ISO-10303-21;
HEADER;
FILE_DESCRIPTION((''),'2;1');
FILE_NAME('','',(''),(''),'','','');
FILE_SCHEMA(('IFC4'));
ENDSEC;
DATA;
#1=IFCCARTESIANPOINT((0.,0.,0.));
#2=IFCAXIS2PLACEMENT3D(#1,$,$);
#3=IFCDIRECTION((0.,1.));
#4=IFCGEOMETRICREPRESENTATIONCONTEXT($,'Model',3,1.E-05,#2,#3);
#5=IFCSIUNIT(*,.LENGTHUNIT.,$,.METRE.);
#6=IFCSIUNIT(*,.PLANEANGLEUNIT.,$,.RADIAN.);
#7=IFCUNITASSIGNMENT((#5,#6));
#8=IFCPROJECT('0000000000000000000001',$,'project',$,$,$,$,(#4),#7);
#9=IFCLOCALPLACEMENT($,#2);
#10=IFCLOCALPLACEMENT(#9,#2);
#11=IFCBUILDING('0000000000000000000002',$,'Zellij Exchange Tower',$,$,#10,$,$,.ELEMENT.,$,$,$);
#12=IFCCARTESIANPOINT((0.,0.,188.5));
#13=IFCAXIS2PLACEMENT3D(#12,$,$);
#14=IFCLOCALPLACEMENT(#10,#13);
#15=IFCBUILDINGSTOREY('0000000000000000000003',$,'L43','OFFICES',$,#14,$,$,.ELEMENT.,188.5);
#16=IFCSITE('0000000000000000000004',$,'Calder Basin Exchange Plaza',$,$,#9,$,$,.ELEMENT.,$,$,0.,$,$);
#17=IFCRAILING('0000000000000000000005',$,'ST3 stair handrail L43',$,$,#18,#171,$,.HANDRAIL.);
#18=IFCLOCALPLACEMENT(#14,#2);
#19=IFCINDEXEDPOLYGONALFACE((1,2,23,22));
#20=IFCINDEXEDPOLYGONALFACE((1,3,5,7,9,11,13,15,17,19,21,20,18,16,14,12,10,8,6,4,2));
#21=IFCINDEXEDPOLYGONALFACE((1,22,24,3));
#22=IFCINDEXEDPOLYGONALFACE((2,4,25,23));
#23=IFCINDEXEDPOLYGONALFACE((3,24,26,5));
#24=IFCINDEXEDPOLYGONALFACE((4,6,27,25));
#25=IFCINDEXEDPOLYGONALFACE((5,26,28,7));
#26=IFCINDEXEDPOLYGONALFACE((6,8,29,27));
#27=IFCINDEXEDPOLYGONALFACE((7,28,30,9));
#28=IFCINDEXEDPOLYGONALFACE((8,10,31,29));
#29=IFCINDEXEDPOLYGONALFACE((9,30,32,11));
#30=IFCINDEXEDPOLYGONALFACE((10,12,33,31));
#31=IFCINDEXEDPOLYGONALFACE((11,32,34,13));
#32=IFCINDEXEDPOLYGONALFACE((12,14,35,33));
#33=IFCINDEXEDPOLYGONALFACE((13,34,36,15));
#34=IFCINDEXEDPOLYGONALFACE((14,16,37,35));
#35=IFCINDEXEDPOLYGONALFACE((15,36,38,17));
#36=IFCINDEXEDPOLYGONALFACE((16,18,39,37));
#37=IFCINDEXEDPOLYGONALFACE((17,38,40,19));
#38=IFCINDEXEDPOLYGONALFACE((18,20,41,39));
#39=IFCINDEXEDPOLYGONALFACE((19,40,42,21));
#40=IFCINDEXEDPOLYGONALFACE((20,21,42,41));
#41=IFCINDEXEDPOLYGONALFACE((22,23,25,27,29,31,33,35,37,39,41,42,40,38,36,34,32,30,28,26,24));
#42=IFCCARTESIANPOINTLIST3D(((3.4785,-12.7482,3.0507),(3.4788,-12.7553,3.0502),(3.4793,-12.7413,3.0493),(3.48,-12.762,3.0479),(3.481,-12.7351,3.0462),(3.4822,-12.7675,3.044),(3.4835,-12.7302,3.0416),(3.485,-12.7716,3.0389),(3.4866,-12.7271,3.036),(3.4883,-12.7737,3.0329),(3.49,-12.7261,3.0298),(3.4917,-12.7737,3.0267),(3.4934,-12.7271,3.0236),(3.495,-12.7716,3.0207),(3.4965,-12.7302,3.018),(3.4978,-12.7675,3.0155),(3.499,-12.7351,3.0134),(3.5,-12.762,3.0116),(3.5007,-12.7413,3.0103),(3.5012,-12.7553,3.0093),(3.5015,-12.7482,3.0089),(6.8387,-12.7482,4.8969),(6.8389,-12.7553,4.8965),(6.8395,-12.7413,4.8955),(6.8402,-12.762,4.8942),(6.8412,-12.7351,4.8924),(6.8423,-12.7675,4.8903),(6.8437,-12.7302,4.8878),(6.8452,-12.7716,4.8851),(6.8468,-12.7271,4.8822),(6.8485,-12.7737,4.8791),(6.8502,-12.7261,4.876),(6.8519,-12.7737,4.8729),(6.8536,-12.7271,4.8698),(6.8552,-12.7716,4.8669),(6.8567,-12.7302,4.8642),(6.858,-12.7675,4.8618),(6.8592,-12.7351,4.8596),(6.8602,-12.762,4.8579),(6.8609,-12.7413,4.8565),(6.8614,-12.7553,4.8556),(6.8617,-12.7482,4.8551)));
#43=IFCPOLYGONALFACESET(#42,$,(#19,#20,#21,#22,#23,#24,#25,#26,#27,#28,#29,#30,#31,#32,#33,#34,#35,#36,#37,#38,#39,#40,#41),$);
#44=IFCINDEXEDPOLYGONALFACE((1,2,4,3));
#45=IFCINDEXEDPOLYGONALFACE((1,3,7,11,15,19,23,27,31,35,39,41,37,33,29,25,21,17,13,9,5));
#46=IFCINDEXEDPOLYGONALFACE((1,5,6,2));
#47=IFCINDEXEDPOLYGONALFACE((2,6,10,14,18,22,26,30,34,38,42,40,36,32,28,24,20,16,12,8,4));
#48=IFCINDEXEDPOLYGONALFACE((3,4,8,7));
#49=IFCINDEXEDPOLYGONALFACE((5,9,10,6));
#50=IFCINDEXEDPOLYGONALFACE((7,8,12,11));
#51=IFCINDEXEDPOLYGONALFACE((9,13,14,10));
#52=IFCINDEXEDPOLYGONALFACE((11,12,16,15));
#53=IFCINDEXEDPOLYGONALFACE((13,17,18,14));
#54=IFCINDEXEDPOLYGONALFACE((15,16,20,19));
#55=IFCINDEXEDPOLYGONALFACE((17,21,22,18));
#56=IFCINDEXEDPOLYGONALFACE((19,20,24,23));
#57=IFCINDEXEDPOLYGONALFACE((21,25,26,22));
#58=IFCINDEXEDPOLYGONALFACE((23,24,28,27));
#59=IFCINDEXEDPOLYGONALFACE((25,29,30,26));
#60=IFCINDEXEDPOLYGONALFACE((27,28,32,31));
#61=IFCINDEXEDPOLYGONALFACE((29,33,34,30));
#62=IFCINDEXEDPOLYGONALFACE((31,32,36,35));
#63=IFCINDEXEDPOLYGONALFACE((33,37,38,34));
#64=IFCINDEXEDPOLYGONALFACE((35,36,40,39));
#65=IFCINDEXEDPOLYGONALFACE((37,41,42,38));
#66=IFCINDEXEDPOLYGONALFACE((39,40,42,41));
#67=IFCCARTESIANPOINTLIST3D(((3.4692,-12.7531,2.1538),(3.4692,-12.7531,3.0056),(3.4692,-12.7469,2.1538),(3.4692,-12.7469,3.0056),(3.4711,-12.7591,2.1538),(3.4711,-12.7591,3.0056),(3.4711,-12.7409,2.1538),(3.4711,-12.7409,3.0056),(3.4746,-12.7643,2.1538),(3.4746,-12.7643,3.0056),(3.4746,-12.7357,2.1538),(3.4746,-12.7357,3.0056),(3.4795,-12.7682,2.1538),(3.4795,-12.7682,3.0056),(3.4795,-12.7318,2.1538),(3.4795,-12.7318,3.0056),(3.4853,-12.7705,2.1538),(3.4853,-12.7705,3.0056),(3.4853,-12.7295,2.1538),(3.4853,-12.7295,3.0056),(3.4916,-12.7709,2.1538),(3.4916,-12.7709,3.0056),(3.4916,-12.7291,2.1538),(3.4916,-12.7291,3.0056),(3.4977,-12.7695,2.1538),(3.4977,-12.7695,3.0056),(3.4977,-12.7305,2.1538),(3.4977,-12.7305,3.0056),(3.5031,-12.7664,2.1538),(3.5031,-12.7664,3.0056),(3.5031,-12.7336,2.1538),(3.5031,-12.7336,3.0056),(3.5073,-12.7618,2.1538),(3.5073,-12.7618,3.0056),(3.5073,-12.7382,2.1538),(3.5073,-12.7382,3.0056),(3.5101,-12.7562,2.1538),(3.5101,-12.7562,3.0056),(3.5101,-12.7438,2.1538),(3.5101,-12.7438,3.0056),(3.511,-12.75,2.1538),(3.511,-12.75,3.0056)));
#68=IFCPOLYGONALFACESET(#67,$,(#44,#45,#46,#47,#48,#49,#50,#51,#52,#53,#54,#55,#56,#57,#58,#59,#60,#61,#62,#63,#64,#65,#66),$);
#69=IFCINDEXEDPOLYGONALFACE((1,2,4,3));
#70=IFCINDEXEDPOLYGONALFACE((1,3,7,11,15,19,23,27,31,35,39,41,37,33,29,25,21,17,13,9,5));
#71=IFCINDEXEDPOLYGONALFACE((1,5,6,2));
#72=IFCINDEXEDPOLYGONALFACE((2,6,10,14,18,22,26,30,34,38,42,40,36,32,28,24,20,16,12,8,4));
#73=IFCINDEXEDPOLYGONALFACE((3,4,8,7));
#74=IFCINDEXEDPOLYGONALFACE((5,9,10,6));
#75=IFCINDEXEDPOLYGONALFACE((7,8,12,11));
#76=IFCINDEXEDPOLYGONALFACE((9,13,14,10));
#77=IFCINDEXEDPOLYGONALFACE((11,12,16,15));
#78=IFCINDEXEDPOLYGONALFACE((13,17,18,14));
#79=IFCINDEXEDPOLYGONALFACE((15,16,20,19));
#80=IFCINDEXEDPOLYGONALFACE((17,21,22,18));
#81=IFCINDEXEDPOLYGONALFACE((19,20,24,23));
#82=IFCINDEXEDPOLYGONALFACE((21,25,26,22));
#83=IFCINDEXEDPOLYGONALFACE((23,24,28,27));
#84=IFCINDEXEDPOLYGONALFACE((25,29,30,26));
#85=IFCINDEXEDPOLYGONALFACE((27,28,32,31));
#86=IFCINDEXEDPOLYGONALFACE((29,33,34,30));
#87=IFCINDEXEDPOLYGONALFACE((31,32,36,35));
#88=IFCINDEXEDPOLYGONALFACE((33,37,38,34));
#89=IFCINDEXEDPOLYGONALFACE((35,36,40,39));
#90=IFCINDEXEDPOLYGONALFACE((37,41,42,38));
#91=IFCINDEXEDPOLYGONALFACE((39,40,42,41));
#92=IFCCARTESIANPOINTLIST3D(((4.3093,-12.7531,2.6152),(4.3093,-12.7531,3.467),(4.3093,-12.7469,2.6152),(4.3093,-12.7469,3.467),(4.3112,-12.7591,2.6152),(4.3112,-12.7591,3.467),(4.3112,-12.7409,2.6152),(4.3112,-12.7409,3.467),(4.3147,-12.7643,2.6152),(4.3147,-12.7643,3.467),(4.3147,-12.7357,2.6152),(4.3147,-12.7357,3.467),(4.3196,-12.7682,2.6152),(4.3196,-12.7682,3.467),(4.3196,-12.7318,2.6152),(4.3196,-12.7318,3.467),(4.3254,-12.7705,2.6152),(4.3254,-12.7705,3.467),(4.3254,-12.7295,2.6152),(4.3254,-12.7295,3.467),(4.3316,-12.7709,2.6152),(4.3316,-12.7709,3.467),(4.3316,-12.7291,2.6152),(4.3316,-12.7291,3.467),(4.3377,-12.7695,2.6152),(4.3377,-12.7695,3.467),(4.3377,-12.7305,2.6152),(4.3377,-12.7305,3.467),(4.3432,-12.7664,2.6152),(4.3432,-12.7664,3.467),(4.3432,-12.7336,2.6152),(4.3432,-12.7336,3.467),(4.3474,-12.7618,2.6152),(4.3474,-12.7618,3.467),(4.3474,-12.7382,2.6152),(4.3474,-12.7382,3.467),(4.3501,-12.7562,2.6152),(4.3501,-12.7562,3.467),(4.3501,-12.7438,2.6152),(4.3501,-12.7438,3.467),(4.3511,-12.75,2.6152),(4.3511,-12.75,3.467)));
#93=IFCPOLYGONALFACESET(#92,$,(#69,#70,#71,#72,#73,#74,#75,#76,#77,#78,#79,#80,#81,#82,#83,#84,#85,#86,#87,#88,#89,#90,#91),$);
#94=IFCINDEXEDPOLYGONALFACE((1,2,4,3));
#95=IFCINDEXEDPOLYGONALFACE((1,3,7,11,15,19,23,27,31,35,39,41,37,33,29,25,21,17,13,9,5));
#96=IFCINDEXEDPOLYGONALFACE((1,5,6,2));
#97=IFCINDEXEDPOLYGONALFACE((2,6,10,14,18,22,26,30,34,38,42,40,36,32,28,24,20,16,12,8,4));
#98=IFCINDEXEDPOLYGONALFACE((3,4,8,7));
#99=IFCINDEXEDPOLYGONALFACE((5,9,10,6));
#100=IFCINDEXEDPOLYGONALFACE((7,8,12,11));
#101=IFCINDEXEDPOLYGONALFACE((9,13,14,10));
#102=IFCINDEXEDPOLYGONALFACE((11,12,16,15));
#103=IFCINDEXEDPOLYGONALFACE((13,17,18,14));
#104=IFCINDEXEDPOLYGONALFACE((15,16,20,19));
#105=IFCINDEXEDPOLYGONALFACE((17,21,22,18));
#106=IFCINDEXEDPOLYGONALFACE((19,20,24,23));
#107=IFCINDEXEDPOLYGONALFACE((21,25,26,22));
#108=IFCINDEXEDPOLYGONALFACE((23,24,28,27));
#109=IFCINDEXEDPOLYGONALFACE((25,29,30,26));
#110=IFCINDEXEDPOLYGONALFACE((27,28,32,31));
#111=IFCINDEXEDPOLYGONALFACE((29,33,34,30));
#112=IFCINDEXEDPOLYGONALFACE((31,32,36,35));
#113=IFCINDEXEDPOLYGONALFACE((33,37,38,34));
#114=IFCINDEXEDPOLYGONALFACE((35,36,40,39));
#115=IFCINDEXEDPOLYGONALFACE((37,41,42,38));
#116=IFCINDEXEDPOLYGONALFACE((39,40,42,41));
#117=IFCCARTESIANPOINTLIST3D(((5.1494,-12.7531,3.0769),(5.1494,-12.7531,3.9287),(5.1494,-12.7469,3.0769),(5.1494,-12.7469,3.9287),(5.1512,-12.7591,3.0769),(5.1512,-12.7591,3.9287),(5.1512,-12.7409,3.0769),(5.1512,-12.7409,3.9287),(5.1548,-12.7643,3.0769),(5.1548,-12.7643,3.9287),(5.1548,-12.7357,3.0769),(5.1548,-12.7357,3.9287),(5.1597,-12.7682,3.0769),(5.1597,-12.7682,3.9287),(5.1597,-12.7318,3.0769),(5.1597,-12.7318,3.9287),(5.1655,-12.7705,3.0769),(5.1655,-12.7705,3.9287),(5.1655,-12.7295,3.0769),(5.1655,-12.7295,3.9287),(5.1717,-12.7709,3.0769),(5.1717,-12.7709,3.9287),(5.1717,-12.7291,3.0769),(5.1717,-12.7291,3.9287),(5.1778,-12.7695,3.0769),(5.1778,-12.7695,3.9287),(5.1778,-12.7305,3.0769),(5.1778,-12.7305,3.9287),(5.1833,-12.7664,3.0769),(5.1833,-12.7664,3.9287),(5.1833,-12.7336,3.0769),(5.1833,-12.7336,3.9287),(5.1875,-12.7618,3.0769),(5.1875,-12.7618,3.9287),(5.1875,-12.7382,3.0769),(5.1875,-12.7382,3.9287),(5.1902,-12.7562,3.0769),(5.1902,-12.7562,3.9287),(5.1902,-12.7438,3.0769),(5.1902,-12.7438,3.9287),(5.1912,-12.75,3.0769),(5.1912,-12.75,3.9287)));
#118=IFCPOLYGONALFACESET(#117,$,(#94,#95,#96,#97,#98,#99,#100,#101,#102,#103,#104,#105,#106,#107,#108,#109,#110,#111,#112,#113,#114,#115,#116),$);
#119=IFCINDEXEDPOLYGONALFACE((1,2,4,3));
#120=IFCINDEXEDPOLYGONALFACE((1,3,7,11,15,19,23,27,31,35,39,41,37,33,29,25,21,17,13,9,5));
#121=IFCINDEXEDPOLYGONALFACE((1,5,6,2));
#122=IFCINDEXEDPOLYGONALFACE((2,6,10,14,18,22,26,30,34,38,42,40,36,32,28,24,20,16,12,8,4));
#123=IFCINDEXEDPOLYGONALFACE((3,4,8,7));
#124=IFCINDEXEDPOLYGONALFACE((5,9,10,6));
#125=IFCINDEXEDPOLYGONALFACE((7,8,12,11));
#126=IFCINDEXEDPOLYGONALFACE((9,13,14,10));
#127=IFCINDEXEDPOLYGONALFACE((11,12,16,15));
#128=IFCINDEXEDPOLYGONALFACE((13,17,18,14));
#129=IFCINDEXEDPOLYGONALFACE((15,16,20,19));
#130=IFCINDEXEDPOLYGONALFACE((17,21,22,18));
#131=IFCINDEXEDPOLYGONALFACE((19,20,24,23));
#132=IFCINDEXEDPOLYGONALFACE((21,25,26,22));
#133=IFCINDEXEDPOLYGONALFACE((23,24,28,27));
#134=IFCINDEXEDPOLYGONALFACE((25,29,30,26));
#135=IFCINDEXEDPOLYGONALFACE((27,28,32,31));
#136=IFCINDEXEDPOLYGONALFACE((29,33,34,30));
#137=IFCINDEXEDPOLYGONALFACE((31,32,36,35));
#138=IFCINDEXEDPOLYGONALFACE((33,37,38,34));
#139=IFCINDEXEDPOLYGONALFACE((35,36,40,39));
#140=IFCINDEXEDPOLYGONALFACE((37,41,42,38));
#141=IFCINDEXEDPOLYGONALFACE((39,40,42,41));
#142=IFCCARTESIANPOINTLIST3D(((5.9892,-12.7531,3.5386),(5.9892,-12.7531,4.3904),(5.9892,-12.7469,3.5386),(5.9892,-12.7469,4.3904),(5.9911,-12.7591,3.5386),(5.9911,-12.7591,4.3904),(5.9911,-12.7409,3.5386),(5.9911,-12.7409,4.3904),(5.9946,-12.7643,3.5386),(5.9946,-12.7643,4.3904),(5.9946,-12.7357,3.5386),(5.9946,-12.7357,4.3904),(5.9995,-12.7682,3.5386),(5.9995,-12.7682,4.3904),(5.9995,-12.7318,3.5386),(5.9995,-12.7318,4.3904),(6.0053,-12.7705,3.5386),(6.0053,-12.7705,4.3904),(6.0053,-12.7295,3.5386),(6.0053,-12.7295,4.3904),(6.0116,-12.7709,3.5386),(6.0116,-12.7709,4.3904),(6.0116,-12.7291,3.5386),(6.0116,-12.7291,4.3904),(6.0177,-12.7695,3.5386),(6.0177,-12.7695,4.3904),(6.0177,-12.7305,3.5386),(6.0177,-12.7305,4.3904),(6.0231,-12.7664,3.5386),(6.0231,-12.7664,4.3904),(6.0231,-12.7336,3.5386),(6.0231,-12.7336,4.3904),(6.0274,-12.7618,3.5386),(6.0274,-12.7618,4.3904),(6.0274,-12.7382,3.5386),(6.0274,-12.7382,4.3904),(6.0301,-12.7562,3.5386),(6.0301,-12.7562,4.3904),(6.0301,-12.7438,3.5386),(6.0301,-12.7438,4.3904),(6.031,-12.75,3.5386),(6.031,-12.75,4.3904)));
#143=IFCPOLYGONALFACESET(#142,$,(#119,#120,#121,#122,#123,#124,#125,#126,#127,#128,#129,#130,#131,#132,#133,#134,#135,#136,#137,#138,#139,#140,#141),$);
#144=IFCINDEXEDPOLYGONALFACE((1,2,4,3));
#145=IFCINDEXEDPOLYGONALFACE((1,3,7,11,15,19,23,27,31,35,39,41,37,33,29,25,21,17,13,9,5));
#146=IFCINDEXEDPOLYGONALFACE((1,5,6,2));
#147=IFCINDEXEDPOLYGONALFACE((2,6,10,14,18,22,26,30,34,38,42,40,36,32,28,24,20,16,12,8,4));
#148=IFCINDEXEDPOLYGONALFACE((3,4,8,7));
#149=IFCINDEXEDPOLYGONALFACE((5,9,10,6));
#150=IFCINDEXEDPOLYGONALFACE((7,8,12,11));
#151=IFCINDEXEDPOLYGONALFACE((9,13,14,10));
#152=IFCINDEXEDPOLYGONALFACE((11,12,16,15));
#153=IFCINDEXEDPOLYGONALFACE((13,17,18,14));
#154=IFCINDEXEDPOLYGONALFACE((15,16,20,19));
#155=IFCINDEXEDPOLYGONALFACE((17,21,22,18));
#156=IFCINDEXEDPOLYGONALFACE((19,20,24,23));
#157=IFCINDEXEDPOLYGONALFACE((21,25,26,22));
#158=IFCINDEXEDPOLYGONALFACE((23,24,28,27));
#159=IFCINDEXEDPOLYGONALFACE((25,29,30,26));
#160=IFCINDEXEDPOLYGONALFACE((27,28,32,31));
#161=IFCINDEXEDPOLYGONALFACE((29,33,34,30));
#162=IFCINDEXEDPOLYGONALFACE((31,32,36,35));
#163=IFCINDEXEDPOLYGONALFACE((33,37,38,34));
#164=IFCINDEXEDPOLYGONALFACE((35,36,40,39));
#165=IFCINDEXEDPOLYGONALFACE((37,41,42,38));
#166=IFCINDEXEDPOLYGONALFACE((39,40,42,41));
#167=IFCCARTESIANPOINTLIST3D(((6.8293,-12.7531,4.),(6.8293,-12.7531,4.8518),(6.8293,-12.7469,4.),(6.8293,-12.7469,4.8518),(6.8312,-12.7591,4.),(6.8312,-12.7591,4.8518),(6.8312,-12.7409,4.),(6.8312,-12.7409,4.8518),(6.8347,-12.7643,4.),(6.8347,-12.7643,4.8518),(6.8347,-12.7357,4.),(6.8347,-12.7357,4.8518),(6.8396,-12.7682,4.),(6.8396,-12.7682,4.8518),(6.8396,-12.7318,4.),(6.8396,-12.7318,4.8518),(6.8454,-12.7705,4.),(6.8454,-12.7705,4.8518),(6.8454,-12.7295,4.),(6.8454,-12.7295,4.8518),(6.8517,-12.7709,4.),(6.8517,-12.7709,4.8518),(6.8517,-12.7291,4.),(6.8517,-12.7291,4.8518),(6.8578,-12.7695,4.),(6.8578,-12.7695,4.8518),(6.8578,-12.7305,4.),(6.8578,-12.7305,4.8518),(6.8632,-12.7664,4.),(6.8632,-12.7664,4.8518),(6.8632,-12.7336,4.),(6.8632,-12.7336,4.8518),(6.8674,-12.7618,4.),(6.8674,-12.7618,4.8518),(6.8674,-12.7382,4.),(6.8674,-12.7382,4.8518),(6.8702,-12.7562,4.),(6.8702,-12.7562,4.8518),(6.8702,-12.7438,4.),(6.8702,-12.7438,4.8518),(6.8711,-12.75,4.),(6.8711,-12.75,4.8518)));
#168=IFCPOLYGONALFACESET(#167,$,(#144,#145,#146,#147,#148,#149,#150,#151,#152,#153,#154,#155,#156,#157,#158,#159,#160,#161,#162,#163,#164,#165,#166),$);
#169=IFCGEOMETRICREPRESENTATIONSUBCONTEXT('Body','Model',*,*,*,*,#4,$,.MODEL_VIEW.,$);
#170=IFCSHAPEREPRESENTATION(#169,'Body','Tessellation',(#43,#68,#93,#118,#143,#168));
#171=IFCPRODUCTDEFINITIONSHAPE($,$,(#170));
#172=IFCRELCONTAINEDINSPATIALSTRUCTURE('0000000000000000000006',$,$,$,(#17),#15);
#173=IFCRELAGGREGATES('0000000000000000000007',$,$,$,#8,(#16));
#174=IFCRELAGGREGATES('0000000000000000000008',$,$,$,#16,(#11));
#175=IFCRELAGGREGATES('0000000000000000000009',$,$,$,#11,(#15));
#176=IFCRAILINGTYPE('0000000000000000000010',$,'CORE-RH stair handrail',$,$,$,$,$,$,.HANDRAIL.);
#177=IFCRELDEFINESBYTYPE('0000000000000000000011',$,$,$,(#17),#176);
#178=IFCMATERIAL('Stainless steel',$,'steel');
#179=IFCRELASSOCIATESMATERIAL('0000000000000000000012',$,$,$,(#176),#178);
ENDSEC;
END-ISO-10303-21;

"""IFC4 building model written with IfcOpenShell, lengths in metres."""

from ifc_helpers import new_model, si_unit, direction, frame, origin, origin_2d, place, context, subcontext, project, spatial, circle, extrude, material, type_object, element, save


model = new_model("IFC4")

# Units and contexts
model_context = context("Model", 3, precision=1e-05, world=origin(), true_north=direction((0.0, 1.0)))
body_context = subcontext(model_context, "Body", "Model", "MODEL_VIEW")
ifc_project = project(units=[si_unit("LENGTHUNIT", "METRE"), si_unit("PLANEANGLEUNIT", "RADIAN")], contexts=[model_context])

# Site, building, storey
site_placement = place(None, origin())
site = spatial("IfcSite", under=ifc_project, at=site_placement, Name="Calder Basin Exchange Plaza", CompositionType="ELEMENT", RefElevation=0.0)
building_placement = place(site_placement, origin())
building = spatial("IfcBuilding", under=site, at=building_placement, Name="Zellij Exchange Tower", CompositionType="ELEMENT")
storey_placement = place(building_placement, frame((0.0, 0.0, 188.5)))
storey = spatial("IfcBuildingStorey", under=building, at=storey_placement, Name="L43", Description="OFFICES", CompositionType="ELEMENT", Elevation=188.5)

# Railing
ifc_material_1 = material(Name="Stainless steel", Category="steel")
railing_type_1 = type_object("IfcRailingType", Name="CORE-RH stair handrail", PredefinedType="HANDRAIL", material=ifc_material_1)
railing_1_placement = place(storey_placement, frame((3.49, -12.75, 2.1538)))
element("IfcRailing", 1, at=railing_1_placement, inside=storey, type_object=railing_type_1, Name="ST3 stair handrail L43", PredefinedType="HANDRAIL", context=body_context, shape_type="SweptSolid", body=[
    extrude(circle(Radius=0.0239, at=origin_2d()), frame((0.0, 0.0, 0.876), z_axis=(0.876422, 0.0, 0.481545), x_axis=(0.0, 1.0, 0.0)), (0.0, 0.0, 1.0), 3.834),
    extrude(circle(Radius=0.021, at=origin_2d()), origin(), (0.0, 0.0, 1.0), 0.8518),
    extrude(circle(Radius=0.021, at=origin_2d()), frame((0.8401, 0.0, 0.4614)), (0.0, 0.0, 1.0), 0.8518),
    extrude(circle(Radius=0.021, at=origin_2d()), frame((1.6802, 0.0, 0.9231)), (0.0, 0.0, 1.0), 0.8518),
    extrude(circle(Radius=0.021, at=origin_2d()), frame((2.52, 0.0, 1.3848)), (0.0, 0.0, 1.0), 0.8518),
    extrude(circle(Radius=0.021, at=origin_2d()), frame((3.3601, 0.0, 1.8462)), (0.0, 0.0, 1.0), 0.8518),
])

save(model, "model.ifc")
